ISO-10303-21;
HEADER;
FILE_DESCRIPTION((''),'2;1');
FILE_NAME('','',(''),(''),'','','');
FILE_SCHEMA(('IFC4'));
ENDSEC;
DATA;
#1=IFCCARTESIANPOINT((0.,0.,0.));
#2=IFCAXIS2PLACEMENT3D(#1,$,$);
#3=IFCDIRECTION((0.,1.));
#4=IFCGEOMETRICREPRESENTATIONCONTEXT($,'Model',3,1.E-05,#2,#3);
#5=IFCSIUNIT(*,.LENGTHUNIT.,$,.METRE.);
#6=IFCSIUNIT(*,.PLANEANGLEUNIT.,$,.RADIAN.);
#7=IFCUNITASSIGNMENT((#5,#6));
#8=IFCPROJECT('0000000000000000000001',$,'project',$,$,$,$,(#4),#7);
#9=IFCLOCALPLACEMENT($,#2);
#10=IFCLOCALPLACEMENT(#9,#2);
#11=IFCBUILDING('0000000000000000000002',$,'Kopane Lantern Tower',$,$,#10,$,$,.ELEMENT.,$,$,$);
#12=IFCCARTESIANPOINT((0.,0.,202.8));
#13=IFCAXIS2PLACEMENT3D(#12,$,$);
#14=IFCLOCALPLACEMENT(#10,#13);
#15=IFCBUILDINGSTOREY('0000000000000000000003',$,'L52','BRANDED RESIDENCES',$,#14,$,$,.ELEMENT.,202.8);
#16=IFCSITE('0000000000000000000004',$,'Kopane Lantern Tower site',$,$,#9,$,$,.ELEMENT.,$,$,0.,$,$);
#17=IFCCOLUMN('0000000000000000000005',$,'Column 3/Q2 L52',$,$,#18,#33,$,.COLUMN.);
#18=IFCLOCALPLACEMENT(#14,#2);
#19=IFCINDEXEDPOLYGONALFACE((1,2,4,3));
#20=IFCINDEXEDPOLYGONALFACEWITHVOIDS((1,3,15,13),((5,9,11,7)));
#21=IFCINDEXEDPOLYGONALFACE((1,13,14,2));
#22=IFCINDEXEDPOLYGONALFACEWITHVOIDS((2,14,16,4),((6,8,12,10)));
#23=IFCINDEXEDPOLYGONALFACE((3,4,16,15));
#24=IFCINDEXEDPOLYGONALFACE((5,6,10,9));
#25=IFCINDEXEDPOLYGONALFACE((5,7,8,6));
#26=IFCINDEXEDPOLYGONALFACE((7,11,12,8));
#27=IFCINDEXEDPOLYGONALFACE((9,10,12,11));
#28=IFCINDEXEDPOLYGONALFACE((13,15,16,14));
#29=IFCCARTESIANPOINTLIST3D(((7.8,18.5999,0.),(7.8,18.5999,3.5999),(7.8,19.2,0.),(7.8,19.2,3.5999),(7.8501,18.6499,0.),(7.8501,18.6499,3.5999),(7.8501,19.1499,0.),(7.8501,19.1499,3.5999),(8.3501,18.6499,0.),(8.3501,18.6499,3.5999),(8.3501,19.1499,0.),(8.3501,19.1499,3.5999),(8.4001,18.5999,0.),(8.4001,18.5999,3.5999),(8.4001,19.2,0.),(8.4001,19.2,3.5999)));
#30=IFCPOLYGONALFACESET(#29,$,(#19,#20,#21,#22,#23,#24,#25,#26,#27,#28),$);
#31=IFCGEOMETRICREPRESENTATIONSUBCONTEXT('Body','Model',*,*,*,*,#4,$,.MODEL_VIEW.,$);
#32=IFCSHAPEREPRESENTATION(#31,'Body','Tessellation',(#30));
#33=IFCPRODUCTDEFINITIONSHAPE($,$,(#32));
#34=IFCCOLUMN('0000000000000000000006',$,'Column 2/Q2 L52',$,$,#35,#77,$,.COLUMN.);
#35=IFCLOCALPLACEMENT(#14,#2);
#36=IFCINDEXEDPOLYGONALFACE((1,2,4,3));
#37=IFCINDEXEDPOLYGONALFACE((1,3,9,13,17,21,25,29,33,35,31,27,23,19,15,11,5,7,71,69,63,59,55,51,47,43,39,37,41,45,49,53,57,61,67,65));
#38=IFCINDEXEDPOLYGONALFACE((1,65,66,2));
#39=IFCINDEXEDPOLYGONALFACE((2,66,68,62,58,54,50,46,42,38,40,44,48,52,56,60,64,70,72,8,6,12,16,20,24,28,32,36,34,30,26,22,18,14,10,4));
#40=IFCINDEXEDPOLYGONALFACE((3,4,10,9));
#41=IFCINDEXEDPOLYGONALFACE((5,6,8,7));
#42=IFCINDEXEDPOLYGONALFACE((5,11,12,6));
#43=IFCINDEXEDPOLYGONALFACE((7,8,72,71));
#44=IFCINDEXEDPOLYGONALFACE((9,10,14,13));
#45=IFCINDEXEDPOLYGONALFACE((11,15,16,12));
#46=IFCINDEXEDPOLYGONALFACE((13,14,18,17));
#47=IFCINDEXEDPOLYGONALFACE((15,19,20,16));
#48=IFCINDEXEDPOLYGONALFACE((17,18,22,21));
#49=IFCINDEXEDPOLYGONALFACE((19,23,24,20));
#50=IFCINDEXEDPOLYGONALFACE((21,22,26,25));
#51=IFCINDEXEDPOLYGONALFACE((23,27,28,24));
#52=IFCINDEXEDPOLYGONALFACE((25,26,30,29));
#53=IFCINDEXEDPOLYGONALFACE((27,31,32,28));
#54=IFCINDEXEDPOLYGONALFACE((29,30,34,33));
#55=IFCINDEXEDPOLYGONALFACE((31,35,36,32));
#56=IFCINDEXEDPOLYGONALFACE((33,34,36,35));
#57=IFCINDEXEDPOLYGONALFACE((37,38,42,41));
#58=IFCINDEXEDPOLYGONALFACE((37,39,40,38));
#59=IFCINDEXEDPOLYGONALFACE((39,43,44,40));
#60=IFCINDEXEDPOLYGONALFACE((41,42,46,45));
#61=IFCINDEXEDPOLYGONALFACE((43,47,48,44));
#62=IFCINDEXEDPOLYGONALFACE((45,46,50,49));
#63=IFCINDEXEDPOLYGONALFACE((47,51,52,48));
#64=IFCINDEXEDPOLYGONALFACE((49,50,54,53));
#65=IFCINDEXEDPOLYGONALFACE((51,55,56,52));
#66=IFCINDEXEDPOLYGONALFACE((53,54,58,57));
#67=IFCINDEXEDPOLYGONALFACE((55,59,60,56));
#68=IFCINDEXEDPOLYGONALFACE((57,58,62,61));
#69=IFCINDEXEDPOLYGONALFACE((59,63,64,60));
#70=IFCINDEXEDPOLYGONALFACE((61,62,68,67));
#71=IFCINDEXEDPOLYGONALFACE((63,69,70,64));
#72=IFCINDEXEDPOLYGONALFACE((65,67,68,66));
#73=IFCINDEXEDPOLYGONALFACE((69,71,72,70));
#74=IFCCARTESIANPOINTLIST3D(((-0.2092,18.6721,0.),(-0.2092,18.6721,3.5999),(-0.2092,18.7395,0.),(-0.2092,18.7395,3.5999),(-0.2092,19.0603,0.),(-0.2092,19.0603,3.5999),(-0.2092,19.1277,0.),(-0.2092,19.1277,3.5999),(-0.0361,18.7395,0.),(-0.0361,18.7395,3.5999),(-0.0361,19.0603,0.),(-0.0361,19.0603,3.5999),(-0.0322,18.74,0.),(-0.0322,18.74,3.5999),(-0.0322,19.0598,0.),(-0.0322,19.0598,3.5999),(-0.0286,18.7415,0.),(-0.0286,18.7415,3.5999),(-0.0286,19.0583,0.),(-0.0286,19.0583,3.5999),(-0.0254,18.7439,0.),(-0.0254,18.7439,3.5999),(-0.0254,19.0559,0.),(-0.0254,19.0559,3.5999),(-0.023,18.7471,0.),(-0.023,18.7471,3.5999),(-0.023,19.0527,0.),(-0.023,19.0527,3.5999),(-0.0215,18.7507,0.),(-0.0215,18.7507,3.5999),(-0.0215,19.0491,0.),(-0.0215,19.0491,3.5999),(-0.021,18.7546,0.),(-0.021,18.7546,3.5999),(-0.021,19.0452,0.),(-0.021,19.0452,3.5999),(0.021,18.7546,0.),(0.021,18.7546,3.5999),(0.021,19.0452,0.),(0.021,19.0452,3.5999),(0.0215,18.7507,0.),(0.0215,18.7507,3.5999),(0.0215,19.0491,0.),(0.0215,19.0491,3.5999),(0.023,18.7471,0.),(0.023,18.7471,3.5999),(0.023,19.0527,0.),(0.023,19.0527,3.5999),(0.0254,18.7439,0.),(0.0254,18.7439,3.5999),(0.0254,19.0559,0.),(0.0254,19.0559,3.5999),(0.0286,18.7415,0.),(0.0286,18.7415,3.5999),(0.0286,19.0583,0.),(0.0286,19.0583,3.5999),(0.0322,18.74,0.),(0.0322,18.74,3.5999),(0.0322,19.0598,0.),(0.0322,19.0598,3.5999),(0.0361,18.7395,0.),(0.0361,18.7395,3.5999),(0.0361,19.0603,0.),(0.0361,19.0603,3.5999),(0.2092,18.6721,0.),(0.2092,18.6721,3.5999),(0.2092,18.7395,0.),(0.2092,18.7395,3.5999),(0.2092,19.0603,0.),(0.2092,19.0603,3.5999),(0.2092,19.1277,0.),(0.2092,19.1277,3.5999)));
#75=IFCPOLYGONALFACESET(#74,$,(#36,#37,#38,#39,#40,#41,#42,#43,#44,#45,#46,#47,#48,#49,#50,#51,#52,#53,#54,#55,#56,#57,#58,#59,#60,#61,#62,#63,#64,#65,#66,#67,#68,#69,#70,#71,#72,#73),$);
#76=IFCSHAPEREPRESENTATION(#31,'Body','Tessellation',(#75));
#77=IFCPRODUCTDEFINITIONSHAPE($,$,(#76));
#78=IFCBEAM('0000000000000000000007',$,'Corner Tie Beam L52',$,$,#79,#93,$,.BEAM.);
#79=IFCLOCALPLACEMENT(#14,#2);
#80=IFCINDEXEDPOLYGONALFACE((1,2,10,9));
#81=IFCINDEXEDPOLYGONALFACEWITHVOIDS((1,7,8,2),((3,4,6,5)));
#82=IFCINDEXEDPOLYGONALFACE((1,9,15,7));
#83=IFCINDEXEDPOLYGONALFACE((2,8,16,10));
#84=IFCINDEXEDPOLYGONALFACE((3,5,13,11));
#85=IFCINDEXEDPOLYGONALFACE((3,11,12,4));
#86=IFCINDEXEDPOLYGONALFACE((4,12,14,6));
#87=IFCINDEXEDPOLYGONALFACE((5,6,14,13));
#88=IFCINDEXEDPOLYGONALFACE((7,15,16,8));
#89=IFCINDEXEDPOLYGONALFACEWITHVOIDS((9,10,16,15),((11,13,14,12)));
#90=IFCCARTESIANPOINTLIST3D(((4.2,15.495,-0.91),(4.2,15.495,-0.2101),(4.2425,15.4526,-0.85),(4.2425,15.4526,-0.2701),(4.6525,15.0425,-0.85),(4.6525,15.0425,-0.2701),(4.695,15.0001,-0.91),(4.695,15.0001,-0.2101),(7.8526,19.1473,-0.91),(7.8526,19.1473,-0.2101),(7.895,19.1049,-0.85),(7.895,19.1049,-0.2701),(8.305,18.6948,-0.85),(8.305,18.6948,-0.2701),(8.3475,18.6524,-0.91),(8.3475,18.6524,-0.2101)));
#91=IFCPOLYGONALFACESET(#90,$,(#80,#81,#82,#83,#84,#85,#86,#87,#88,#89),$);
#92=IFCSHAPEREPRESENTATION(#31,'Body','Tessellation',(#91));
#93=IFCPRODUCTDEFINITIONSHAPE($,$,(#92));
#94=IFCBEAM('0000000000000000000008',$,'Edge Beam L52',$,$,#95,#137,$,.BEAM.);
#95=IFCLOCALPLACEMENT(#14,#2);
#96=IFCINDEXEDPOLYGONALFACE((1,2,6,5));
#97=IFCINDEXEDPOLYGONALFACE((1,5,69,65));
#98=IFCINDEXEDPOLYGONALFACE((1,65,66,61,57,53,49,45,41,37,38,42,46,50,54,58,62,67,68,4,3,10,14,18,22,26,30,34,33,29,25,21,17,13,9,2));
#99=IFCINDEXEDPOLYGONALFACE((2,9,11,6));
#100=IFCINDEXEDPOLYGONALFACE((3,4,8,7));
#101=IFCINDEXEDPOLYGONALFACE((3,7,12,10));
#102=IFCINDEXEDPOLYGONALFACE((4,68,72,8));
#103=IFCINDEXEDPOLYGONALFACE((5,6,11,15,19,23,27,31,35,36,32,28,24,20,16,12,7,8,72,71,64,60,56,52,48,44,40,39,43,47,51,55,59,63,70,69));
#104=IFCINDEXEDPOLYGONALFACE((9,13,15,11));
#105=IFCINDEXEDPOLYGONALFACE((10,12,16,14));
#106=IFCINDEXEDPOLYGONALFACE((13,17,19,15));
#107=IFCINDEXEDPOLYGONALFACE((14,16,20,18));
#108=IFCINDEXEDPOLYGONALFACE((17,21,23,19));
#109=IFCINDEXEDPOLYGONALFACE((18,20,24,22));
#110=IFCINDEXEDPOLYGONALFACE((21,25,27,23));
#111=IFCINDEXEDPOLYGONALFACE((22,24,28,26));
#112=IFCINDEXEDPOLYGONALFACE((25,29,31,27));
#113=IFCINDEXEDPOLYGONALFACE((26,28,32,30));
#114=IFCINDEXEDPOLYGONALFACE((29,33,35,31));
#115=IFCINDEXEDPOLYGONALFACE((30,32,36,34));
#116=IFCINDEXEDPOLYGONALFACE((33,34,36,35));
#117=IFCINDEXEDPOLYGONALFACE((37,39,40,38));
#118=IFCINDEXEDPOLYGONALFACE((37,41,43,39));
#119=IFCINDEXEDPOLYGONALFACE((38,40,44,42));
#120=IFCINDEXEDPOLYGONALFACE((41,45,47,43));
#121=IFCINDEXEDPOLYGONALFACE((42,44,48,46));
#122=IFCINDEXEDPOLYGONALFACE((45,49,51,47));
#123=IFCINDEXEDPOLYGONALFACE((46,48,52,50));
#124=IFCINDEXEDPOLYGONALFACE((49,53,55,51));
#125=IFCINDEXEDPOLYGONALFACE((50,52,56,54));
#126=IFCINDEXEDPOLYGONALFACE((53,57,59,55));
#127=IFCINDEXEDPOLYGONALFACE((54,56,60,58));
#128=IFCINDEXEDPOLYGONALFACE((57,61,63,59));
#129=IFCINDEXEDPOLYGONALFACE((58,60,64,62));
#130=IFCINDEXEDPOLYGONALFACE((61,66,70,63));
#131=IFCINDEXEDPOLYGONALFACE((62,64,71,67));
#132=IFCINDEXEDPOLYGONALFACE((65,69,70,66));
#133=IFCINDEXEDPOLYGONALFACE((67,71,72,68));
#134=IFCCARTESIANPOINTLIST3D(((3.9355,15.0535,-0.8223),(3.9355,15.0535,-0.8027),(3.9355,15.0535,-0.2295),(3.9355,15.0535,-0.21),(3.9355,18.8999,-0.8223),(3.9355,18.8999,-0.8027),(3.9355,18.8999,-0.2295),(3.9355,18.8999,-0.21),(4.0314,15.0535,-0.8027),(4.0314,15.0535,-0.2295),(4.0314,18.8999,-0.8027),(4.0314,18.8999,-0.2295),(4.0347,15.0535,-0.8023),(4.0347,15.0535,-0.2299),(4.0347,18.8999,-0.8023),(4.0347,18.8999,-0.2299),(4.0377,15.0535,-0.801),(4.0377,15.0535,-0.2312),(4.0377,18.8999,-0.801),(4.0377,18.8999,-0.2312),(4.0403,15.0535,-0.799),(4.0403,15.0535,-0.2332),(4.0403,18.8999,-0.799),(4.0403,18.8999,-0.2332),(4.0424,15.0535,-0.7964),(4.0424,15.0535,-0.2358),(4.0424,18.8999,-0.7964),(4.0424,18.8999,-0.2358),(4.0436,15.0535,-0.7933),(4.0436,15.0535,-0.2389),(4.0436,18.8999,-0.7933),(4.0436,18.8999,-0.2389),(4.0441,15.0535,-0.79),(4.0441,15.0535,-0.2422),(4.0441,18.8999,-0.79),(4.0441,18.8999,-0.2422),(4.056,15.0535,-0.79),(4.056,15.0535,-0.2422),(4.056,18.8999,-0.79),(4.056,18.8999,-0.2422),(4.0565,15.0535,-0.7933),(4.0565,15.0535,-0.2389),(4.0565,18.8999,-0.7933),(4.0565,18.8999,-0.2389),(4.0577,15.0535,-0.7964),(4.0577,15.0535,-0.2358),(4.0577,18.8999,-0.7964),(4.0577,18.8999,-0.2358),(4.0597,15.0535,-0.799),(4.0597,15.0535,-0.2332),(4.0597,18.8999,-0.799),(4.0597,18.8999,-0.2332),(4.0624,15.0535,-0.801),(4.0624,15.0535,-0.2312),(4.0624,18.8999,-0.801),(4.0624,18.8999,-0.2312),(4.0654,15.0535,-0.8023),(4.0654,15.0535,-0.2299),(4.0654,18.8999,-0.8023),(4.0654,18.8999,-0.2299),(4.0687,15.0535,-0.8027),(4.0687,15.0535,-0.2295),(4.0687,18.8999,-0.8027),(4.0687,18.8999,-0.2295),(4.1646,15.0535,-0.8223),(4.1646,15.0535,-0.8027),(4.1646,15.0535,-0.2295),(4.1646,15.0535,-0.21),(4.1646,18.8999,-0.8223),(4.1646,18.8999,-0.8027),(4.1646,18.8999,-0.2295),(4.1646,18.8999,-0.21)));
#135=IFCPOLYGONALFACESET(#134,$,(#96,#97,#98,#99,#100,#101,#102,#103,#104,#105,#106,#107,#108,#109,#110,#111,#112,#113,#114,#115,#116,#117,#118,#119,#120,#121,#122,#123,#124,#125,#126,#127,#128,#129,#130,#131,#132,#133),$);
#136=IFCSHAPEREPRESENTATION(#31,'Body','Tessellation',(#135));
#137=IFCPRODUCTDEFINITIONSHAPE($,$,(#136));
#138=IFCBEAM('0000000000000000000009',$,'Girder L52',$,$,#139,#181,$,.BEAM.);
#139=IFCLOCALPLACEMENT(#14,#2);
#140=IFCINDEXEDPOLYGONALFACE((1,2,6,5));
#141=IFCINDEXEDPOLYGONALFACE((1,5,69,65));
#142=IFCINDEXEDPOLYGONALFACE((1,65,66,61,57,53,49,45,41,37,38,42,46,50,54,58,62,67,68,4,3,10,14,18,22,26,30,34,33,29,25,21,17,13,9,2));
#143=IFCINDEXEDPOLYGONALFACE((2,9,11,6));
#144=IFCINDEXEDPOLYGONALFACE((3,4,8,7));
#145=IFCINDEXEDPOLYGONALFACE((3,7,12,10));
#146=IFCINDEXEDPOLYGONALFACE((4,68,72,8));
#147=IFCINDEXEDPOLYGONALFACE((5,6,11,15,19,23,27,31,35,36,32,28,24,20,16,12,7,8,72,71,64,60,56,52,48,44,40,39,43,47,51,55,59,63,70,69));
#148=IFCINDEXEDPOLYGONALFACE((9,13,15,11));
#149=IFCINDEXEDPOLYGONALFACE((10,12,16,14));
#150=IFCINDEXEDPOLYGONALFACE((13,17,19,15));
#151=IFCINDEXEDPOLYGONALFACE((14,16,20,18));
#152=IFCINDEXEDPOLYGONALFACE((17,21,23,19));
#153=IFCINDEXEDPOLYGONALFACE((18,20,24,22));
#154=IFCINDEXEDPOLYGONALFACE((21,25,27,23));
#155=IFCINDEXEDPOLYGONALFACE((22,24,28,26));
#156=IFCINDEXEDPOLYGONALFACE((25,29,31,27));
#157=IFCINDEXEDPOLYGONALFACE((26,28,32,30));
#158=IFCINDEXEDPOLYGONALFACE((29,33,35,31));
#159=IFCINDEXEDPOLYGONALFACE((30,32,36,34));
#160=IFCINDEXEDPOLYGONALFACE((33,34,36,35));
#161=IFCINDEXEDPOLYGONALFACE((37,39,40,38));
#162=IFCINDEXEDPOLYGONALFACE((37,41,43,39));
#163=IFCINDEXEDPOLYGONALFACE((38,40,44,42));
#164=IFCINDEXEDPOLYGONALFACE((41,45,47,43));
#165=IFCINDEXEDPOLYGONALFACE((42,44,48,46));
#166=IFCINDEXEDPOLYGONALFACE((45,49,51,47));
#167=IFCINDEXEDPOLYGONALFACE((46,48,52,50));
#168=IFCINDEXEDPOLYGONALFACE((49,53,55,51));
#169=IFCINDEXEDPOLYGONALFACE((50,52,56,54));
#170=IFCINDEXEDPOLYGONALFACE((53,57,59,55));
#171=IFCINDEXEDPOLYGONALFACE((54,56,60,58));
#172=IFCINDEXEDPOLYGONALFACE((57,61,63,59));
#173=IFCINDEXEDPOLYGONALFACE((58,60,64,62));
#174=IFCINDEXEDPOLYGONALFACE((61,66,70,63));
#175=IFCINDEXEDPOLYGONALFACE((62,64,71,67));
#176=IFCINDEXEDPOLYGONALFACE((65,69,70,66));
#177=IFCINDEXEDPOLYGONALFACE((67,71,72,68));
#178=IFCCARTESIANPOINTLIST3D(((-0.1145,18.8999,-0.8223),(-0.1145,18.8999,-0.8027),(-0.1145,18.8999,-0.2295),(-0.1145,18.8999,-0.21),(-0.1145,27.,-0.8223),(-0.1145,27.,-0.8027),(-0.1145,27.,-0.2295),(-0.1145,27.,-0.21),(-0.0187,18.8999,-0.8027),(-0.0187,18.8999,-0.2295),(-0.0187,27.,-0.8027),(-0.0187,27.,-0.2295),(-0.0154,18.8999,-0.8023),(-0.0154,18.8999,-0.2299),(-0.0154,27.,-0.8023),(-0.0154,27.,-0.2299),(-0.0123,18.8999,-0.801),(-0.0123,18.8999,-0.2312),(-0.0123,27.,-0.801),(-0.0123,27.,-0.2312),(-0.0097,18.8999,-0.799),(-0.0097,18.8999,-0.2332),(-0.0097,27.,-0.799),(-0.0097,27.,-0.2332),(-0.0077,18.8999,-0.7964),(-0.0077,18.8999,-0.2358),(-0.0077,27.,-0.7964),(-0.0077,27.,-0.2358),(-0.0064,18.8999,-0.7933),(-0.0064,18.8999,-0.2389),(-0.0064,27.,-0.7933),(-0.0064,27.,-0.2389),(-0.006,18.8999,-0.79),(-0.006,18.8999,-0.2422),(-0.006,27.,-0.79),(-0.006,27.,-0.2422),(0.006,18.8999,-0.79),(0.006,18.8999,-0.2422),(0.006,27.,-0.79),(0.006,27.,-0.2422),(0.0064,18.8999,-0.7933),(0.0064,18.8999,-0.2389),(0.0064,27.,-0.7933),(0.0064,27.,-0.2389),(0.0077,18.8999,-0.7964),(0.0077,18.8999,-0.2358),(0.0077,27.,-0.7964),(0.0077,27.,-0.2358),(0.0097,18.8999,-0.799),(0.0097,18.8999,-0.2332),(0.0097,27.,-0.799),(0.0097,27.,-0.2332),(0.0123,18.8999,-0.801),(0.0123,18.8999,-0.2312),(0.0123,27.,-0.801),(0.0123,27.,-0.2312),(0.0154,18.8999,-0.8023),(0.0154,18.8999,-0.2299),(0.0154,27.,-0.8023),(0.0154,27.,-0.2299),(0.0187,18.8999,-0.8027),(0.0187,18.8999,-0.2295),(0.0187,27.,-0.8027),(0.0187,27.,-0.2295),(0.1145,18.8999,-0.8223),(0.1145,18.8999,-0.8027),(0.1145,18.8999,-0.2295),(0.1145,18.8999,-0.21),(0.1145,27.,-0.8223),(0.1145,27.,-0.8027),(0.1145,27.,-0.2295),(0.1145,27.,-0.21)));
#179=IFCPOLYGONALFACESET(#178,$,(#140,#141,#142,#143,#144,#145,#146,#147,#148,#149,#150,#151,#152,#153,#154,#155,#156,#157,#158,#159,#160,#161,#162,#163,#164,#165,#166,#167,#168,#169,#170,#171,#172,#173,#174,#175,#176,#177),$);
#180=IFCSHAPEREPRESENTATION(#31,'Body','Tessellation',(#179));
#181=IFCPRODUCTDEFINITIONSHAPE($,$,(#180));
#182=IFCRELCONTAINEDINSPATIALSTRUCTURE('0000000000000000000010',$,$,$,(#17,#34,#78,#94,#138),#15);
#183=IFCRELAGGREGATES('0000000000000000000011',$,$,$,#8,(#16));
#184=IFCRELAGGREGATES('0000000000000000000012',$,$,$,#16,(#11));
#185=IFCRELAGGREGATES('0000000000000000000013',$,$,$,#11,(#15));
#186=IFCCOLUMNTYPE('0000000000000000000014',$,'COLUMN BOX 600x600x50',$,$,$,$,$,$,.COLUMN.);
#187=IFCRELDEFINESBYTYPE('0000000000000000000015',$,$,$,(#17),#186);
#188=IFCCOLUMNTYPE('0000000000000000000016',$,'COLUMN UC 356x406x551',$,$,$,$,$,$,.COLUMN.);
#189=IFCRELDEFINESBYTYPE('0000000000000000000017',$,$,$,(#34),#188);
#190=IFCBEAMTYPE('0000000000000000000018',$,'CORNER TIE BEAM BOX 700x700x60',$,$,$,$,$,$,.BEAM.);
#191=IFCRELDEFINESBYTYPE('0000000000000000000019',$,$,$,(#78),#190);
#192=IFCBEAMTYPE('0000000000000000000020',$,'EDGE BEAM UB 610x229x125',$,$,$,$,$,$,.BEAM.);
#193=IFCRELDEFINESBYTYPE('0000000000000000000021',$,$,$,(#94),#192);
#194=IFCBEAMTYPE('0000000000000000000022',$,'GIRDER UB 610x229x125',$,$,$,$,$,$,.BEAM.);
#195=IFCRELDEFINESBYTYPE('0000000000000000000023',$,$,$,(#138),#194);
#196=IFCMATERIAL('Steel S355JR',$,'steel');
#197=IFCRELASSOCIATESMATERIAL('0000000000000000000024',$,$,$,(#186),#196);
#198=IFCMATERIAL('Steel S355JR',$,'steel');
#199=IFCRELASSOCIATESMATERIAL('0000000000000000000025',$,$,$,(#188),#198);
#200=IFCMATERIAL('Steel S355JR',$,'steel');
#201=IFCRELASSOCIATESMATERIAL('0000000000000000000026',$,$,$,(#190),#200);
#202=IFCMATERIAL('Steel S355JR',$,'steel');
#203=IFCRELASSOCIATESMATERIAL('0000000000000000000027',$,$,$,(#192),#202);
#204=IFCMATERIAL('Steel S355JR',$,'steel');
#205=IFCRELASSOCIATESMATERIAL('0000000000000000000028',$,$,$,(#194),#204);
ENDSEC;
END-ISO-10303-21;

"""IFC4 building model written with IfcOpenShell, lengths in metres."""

from ifc_helpers import new_model, si_unit, direction, frame, origin, origin_2d, place, context, subcontext, project, spatial, hollow_rectangle, i_section, extrude, material, material_profile, profile_set, type_object, element, save


model = new_model("IFC4")

# Units and contexts
model_context = context("Model", 3, precision=1e-05, world=origin(), true_north=direction((0.0, 1.0)))
body_context = subcontext(model_context, "Body", "Model", "MODEL_VIEW")
ifc_project = project(units=[si_unit("LENGTHUNIT", "METRE"), si_unit("PLANEANGLEUNIT", "RADIAN")], contexts=[model_context])

# Site, building, storey
site_placement = place(None, origin())
site = spatial("IfcSite", under=ifc_project, at=site_placement, Name="Kopane Lantern Tower site", CompositionType="ELEMENT", RefElevation=0.0)
building_placement = place(site_placement, origin())
building = spatial("IfcBuilding", under=site, at=building_placement, Name="Kopane Lantern Tower", CompositionType="ELEMENT")
storey_placement = place(building_placement, frame((0.0, 0.0, 202.8)))
storey = spatial("IfcBuildingStorey", under=building, at=storey_placement, Name="L52", Description="BRANDED RESIDENCES", CompositionType="ELEMENT", Elevation=202.8)

# Columns
ifc_material_1 = material(Name="Steel S355JR", Category="steel")
ifc_material_profile_1 = material_profile(ifc_material_1, hollow_rectangle(XDim=0.6001, YDim=0.6001, WallThickness=0.05, at=origin_2d()), Name="BOX 600x600x50")
ifc_profile_set_1 = profile_set([ifc_material_profile_1], Name="Steel S355JR")
column_type_1 = type_object("IfcColumnType", Name="COLUMN BOX 600x600x50", PredefinedType="COLUMN", material=ifc_profile_set_1)
column_1_placement = place(storey_placement, frame((8.1001, 18.8999, 0.0), z_axis=(0.0, 0.0, 1.0), x_axis=(1.0, 0.0, 0.0)))
element("IfcColumn", 1, at=column_1_placement, inside=storey, type_object=column_type_1, Name="Column 3/Q2 L52", PredefinedType="COLUMN", context=body_context, shape_type="SweptSolid", body=[
    extrude(hollow_rectangle(XDim=0.6001, YDim=0.6001, WallThickness=0.05, at=origin_2d()), origin(), (0.0, 0.0, 1.0), 3.5999),
])
ifc_material_2 = material(Name="Steel S355JR", Category="steel")
ifc_material_profile_2 = material_profile(ifc_material_2, i_section(OverallWidth=0.4185, OverallDepth=0.4556, WebThickness=0.042, FlangeThickness=0.0674, FilletRadius=0.0151, at=origin_2d()), Name="UC 356x406x551")
ifc_profile_set_2 = profile_set([ifc_material_profile_2], Name="Steel S355JR")
column_type_2 = type_object("IfcColumnType", Name="COLUMN UC 356x406x551", PredefinedType="COLUMN", material=ifc_profile_set_2)
column_2_placement = place(storey_placement, frame((0.0, 18.8999, 0.0), z_axis=(0.0, 0.0, 1.0), x_axis=(1.0, 0.0, 0.0)))
element("IfcColumn", 2, at=column_2_placement, inside=storey, type_object=column_type_2, Name="Column 2/Q2 L52", PredefinedType="COLUMN", context=body_context, shape_type="SweptSolid", body=[
    extrude(i_section(OverallWidth=0.4185, OverallDepth=0.4556, WebThickness=0.042, FlangeThickness=0.0674, FilletRadius=0.0151, at=origin_2d()), origin(), (0.0, 0.0, 1.0), 3.5999),
])

# Beams
ifc_material_3 = material(Name="Steel S355JR", Category="steel")
ifc_material_profile_3 = material_profile(ifc_material_3, hollow_rectangle(XDim=0.7, YDim=0.7, WallThickness=0.0601, at=origin_2d()), Name="BOX 700x700x60")
ifc_profile_set_3 = profile_set([ifc_material_profile_3], Name="Steel S355JR")
beam_type_1 = type_object("IfcBeamType", Name="CORNER TIE BEAM BOX 700x700x60", PredefinedType="BEAM", material=ifc_profile_set_3)
beam_1_placement = place(storey_placement, frame((4.4475, 15.2476, -0.5601), z_axis=(0.70713, 0.707083, 0.0), x_axis=(-0.707083, 0.70713, 0.0)))
element("IfcBeam", 3, at=beam_1_placement, inside=storey, type_object=beam_type_1, Name="Corner Tie Beam L52", PredefinedType="BEAM", context=body_context, shape_type="SweptSolid", body=[
    extrude(hollow_rectangle(XDim=0.7, YDim=0.7, WallThickness=0.0601, at=origin_2d()), origin(), (0.0, 0.0, 1.0), 5.1653),
])
ifc_material_4 = material(Name="Steel S355JR", Category="steel")
ifc_material_profile_4 = material_profile(ifc_material_4, i_section(OverallWidth=0.229, OverallDepth=0.6123, WebThickness=0.012, FlangeThickness=0.0195, FilletRadius=0.0127, at=origin_2d()), Name="UB 610x229x125")
ifc_profile_set_4 = profile_set([ifc_material_profile_4], Name="Steel S355JR")
beam_type_2 = type_object("IfcBeamType", Name="EDGE BEAM UB 610x229x125", PredefinedType="BEAM", material=ifc_profile_set_4)
beam_2_placement = place(storey_placement, frame((4.05, 15.0535, -0.5161), z_axis=(0.0, 1.0, 0.0), x_axis=(-1.0, 0.0, 0.0)))
element("IfcBeam", 4, at=beam_2_placement, inside=storey, type_object=beam_type_2, Name="Edge Beam L52", PredefinedType="BEAM", context=body_context, shape_type="SweptSolid", body=[
    extrude(i_section(OverallWidth=0.229, OverallDepth=0.6123, WebThickness=0.012, FlangeThickness=0.0195, FilletRadius=0.0127, at=origin_2d()), origin(), (0.0, 0.0, 1.0), 3.8464),
])
ifc_material_5 = material(Name="Steel S355JR", Category="steel")
ifc_material_profile_5 = material_profile(ifc_material_5, i_section(OverallWidth=0.229, OverallDepth=0.6123, WebThickness=0.012, FlangeThickness=0.0195, FilletRadius=0.0127, at=origin_2d()), Name="UB 610x229x125")
ifc_profile_set_5 = profile_set([ifc_material_profile_5], Name="Steel S355JR")
beam_type_3 = type_object("IfcBeamType", Name="GIRDER UB 610x229x125", PredefinedType="BEAM", material=ifc_profile_set_5)
for number, where, z_axis, x_axis, name in (
    (5, (0.0, 18.8999, -0.5161), (0.0, 1.0, 0.0), (-1.0, 0.0, 0.0), "Girder L52"),
):
    element("IfcBeam", number, at=place(storey_placement, frame(where, z_axis=z_axis, x_axis=x_axis)), inside=storey, type_object=beam_type_3, Name=name, PredefinedType="BEAM", context=body_context, shape_type="SweptSolid", body=[
        extrude(i_section(OverallWidth=0.229, OverallDepth=0.6123, WebThickness=0.012, FlangeThickness=0.0195, FilletRadius=0.0127, at=origin_2d()), origin(), (0.0, 0.0, 1.0), 8.1001),
    ])

save(model, "model.ifc")
